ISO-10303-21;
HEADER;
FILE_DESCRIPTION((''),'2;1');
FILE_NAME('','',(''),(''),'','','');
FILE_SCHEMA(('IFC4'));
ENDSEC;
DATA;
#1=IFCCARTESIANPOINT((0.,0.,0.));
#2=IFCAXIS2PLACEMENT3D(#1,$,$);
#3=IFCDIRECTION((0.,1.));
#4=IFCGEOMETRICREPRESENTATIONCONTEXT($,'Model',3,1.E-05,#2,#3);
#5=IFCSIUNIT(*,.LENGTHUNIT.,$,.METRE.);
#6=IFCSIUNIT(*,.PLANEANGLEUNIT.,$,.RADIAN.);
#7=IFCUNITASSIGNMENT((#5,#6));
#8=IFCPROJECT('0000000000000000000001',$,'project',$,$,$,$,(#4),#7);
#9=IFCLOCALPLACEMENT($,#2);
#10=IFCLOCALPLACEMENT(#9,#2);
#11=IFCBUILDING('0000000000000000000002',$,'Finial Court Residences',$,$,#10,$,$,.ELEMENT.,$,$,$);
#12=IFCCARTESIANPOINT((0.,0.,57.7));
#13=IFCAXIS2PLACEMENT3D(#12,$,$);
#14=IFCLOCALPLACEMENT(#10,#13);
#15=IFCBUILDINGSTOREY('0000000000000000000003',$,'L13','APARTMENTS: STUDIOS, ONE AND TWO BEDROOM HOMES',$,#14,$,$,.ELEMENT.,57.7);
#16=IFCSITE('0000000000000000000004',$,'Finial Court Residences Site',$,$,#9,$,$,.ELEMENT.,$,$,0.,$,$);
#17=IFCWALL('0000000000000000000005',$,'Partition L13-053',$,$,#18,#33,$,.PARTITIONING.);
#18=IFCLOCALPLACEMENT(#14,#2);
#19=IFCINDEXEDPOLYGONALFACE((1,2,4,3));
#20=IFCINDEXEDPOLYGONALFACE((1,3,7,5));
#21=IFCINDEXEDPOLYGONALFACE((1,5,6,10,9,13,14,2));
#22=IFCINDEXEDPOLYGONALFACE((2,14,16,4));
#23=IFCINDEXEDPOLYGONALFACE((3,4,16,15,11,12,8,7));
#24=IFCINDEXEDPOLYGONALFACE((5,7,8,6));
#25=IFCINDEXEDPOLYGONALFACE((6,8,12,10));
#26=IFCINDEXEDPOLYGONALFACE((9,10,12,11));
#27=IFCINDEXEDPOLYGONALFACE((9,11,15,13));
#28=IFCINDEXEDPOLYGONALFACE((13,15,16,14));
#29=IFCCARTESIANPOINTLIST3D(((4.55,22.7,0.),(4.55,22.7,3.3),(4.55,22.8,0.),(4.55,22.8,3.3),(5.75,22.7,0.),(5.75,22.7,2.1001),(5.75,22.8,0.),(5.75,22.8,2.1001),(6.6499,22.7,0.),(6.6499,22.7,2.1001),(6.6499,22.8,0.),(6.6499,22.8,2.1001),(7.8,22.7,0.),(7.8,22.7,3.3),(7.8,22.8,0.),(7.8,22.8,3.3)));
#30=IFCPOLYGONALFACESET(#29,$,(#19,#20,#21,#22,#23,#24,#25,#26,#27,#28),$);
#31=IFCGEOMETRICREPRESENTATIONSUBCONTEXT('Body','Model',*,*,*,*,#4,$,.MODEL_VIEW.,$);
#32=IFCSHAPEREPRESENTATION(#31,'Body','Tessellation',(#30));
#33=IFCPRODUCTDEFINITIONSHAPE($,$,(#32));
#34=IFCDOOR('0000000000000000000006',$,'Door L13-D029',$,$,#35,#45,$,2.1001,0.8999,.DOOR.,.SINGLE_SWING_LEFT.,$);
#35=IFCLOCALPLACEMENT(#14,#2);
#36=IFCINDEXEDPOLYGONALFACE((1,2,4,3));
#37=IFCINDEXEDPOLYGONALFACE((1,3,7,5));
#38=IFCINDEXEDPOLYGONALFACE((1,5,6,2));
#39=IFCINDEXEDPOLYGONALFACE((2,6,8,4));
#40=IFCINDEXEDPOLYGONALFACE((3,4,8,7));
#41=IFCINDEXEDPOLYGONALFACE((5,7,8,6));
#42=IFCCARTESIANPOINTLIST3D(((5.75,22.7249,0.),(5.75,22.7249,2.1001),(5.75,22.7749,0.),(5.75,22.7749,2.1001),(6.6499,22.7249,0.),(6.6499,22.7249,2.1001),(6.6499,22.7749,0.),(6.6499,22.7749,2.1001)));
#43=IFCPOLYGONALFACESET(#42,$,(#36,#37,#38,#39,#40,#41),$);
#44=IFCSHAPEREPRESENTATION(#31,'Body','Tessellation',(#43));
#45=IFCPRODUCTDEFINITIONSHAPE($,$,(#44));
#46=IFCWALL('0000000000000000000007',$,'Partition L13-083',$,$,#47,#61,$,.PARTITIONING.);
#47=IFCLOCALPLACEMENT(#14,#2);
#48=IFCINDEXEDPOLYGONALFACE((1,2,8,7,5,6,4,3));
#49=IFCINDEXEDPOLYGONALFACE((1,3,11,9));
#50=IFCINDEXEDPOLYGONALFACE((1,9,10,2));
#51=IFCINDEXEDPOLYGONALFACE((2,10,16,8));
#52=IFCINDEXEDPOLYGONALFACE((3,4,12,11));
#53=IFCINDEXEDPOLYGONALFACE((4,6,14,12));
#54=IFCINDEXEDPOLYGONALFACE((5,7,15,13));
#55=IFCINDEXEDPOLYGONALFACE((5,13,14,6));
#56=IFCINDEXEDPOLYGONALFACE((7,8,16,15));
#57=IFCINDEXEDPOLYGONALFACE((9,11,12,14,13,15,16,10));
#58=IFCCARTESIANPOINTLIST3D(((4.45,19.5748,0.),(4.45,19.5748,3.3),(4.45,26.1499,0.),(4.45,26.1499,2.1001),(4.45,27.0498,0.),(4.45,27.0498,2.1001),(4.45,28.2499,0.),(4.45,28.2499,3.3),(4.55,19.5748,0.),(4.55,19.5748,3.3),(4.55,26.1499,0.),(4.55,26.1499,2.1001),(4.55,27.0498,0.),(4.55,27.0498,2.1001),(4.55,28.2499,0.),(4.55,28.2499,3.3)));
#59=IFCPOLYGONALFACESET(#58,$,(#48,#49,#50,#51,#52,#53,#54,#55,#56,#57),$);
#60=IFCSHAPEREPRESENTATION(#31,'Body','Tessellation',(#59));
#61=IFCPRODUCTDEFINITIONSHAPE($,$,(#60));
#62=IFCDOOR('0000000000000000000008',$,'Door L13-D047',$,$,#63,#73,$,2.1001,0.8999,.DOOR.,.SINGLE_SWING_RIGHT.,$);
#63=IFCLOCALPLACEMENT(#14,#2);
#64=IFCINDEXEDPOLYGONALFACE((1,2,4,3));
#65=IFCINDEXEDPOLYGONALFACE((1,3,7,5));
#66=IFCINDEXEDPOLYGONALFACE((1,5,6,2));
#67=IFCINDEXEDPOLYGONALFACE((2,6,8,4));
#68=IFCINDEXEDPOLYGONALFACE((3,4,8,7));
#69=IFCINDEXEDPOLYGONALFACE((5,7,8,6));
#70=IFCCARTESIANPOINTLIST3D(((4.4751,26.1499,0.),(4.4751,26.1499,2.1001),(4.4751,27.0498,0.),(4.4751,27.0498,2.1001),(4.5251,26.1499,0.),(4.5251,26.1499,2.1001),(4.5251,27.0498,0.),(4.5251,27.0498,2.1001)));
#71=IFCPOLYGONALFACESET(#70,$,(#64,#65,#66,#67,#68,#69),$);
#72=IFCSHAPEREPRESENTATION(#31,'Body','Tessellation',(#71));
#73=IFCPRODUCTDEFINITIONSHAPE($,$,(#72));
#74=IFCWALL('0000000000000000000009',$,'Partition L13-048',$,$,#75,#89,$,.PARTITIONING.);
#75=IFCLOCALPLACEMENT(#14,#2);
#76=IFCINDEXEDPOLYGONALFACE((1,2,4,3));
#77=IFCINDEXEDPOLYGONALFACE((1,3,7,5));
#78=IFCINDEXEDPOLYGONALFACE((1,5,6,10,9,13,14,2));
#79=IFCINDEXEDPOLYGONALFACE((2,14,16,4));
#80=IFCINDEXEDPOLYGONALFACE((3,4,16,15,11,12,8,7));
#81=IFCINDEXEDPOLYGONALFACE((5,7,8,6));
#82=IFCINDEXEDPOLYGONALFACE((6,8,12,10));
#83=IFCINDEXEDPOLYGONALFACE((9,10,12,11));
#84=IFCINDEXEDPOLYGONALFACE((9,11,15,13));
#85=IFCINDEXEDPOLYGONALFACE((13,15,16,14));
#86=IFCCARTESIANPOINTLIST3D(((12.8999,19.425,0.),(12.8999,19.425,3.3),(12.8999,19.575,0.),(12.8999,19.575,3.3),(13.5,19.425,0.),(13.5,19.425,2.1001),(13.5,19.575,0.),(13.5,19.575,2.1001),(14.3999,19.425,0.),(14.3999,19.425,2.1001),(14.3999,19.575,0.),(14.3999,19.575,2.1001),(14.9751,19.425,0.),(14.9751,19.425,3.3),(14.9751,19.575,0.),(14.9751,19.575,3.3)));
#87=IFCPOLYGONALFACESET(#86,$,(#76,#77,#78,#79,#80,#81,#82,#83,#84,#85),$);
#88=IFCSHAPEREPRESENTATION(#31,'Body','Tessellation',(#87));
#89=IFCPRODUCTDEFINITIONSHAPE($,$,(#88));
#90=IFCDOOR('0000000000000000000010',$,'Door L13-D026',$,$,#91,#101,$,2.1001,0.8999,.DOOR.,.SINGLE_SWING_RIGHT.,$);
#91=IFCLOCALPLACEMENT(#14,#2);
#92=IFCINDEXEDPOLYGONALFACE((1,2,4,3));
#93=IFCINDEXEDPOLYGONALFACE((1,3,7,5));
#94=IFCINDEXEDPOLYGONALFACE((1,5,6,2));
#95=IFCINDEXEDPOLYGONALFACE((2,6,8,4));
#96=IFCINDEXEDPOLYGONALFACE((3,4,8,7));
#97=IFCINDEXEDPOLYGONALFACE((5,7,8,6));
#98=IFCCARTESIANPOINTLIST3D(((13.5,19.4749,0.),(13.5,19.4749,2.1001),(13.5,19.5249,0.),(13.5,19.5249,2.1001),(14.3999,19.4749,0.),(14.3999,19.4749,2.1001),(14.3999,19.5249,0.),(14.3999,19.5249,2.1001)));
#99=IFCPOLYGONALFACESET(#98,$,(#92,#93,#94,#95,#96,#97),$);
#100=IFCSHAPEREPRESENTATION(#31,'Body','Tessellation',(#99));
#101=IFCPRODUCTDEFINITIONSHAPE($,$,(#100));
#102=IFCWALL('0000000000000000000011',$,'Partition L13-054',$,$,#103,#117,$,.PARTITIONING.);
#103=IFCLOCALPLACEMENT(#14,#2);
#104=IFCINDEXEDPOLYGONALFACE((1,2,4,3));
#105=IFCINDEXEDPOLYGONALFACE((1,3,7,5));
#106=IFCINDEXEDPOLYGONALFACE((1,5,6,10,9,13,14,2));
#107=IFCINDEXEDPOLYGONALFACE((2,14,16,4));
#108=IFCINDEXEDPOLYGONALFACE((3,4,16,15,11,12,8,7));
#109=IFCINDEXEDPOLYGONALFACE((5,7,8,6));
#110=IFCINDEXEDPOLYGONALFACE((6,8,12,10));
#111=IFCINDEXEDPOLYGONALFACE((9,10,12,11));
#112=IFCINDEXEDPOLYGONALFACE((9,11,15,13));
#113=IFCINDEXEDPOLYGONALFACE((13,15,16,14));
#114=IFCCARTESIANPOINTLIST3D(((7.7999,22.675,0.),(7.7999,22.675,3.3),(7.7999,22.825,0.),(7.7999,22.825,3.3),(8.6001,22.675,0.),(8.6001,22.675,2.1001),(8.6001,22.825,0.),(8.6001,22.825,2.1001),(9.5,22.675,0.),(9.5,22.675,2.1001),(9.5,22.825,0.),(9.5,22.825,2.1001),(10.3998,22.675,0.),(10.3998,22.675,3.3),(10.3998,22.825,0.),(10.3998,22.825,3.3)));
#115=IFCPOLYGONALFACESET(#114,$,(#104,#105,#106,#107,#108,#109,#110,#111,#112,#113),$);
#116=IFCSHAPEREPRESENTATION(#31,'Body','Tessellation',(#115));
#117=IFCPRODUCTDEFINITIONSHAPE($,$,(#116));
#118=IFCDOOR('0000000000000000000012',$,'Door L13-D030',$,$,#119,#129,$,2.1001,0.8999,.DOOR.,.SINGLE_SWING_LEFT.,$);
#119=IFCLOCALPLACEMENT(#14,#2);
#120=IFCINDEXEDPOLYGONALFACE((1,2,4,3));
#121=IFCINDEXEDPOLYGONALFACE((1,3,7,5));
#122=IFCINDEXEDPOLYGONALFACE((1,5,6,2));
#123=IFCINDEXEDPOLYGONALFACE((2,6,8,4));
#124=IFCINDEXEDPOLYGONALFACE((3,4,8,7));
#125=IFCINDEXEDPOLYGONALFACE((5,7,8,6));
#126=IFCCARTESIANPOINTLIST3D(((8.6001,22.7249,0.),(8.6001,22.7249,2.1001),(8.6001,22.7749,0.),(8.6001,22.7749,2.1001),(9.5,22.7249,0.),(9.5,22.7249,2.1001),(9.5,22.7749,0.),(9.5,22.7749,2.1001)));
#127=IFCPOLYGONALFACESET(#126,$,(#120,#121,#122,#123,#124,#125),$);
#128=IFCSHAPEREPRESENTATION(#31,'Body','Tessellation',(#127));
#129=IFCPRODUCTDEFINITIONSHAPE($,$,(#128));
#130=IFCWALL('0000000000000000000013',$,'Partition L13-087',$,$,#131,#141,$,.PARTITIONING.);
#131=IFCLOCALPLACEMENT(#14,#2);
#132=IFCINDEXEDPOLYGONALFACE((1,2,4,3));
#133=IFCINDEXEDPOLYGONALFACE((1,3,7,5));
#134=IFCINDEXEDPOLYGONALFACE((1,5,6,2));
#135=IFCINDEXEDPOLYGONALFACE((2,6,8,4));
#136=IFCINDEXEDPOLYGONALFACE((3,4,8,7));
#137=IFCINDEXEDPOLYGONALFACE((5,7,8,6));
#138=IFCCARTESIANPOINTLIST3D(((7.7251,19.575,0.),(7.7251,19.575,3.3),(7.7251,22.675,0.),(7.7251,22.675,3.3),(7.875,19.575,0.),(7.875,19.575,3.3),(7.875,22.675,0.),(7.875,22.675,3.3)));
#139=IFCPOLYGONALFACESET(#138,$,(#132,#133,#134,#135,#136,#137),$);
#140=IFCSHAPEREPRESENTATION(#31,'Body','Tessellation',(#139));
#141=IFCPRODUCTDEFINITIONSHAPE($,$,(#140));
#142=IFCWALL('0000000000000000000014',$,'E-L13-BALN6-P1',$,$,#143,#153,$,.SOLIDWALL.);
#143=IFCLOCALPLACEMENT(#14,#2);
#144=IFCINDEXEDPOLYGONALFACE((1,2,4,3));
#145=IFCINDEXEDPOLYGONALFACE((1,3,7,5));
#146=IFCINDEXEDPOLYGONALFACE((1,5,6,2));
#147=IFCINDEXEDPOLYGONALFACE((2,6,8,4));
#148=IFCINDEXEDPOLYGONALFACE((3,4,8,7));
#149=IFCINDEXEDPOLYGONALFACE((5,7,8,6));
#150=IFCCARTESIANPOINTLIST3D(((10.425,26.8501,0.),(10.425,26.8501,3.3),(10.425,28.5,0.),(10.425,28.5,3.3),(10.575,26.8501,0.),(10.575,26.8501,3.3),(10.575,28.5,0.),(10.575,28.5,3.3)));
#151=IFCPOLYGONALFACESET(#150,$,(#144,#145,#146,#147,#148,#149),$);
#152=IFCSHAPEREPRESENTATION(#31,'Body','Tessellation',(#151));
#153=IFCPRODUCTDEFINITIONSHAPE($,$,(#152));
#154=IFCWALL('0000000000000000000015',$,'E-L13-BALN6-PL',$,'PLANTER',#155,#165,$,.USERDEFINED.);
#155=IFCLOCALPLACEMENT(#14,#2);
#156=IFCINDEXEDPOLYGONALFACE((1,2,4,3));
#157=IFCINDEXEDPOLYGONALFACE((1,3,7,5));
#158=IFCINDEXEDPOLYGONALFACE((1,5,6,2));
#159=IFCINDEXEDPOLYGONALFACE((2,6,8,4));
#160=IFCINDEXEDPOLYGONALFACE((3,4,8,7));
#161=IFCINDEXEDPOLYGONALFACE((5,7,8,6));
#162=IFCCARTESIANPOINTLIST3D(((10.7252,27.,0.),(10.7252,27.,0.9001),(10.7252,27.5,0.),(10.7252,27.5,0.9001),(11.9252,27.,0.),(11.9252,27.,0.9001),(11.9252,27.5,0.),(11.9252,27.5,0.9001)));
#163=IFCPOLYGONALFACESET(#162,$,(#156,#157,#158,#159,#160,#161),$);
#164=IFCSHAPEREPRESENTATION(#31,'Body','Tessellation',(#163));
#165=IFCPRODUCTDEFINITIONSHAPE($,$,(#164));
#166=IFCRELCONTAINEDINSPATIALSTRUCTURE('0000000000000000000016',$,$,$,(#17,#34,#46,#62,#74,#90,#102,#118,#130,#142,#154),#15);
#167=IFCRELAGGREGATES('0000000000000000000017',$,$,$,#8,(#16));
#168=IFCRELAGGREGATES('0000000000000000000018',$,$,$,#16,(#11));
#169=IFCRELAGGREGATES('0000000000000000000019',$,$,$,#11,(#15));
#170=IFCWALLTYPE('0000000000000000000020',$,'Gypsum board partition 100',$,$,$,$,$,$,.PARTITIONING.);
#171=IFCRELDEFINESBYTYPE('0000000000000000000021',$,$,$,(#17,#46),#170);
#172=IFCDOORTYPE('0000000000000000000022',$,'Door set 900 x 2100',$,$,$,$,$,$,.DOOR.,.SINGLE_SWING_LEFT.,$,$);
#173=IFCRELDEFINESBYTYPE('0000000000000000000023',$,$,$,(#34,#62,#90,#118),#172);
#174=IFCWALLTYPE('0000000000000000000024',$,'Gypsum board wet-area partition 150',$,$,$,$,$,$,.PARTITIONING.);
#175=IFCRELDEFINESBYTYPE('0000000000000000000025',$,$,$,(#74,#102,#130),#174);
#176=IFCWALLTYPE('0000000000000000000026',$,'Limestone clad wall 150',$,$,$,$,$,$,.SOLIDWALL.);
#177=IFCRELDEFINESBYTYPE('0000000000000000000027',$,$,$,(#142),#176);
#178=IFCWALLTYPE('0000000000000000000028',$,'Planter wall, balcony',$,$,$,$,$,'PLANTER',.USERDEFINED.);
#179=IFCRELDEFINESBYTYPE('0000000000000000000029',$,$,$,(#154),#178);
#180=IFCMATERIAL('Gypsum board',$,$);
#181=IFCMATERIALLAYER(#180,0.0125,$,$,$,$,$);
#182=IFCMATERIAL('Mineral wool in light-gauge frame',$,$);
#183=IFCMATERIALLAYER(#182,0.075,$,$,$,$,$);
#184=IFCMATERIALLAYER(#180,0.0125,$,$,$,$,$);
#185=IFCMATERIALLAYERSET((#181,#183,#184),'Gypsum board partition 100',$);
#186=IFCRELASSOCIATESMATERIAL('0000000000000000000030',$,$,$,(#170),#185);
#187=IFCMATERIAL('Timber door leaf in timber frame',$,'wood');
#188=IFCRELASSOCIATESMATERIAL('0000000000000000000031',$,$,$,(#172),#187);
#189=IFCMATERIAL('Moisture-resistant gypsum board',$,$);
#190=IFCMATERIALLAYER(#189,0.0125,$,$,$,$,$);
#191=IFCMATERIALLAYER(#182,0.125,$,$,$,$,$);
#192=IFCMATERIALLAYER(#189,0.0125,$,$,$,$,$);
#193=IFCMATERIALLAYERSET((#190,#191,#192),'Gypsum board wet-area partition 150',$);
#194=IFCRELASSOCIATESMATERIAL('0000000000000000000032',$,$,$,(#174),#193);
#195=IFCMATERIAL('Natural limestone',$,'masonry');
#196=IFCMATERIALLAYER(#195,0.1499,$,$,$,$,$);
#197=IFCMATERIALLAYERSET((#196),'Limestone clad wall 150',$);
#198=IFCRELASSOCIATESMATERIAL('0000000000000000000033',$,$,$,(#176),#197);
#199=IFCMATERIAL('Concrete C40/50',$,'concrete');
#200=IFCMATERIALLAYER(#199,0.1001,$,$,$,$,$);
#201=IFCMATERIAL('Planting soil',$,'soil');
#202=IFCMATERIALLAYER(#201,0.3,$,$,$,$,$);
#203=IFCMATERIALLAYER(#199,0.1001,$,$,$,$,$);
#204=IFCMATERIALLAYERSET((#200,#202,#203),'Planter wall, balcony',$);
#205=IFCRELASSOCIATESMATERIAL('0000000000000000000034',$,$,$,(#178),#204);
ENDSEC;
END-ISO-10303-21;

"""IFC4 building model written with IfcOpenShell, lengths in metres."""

from ifc_helpers import new_model, si_unit, direction, frame, frame_2d, origin, place, context, subcontext, project, spatial, rectangle, extrude, material, layer, layer_set, type_object, element, fill, save


model = new_model("IFC4")

# Units and contexts
model_context = context("Model", 3, precision=1e-05, world=origin(), true_north=direction((0.0, 1.0)))
body_context = subcontext(model_context, "Body", "Model", "MODEL_VIEW")
ifc_project = project(units=[si_unit("LENGTHUNIT", "METRE"), si_unit("PLANEANGLEUNIT", "RADIAN")], contexts=[model_context])

# Site, building, storey
site_placement = place(None, origin())
site = spatial("IfcSite", under=ifc_project, at=site_placement, Name="Finial Court Residences Site", CompositionType="ELEMENT", RefElevation=0.0)
building_placement = place(site_placement, origin())
building = spatial("IfcBuilding", under=site, at=building_placement, Name="Finial Court Residences", CompositionType="ELEMENT")
storey_placement = place(building_placement, frame((0.0, 0.0, 57.7)))
storey = spatial("IfcBuildingStorey", under=building, at=storey_placement, Name="L13", Description="APARTMENTS: STUDIOS, ONE AND TWO BEDROOM HOMES", CompositionType="ELEMENT", Elevation=57.7)

# Shared definitions
ifc_material_1 = material(Name="Gypsum board")

# Walls, openings, doors
ifc_layer_1 = layer(ifc_material_1, 0.0125)
ifc_material_2 = material(Name="Mineral wool in light-gauge frame")
ifc_layer_2 = layer(ifc_material_2, 0.075)
ifc_layer_3 = layer(ifc_material_1, 0.0125)
ifc_layer_set_1 = layer_set([ifc_layer_1, ifc_layer_2, ifc_layer_3], Name="Gypsum board partition 100")
wall_type_1 = type_object("IfcWallType", Name="Gypsum board partition 100", PredefinedType="PARTITIONING", material=ifc_layer_set_1)
wall_1_placement = place(storey_placement, frame((4.55, 22.75, 0.0), z_axis=(0.0, 0.0, 1.0), x_axis=(1.0, 0.0, 0.0)))
wall_1 = element("IfcWall", 1, at=wall_1_placement, inside=storey, type_object=wall_type_1, Name="Partition L13-053", PredefinedType="PARTITIONING", context=body_context, shape_type="SweptSolid", body=[
    extrude(rectangle(XDim=3.25, YDim=0.1001, at=frame_2d((1.625, 0.0))), origin(), (0.0, 0.0, 1.0), 3.3),
])
opening_1_placement = place(wall_1_placement, frame((1.2, 0.0, 0.0)))
opening_1 = element("IfcOpeningElement", 2, at=opening_1_placement, cuts=wall_1, PredefinedType="OPENING", context=body_context, shape_type="SweptSolid", body=[
    extrude(rectangle(XDim=0.8999, YDim=2.1001, at=frame_2d((0.45, 1.05))), frame((0.0, 0.0601, 0.0), z_axis=(0.0, -1.0, 0.0), x_axis=(1.0, 0.0, 0.0)), (0.0, 0.0, 1.0), 0.1201),
])
ifc_material_3 = material(Name="Timber door leaf in timber frame", Category="wood")
door_type_1 = type_object("IfcDoorType", Name="Door set 900 x 2100", OperationType="SINGLE_SWING_LEFT", PredefinedType="DOOR", material=ifc_material_3)
door_1_placement = place(opening_1_placement, origin())
door_1 = element("IfcDoor", 3, at=door_1_placement, inside=storey, type_object=door_type_1, Name="Door L13-D029", OperationType="SINGLE_SWING_LEFT", OverallHeight=2.1001, OverallWidth=0.8999, PredefinedType="DOOR", context=body_context, shape_type="SweptSolid", body=[
    extrude(rectangle(XDim=0.8999, YDim=2.1001, at=frame_2d((0.45, 1.05))), frame((0.0, 0.0249, 0.0), z_axis=(0.0, -1.0, 0.0), x_axis=(1.0, 0.0, 0.0)), (0.0, 0.0, 1.0), 0.05),
])
fill(opening_1, door_1)
wall_2_placement = place(storey_placement, frame((4.5, 19.575, 0.0), z_axis=(0.0, 0.0, 1.0), x_axis=(0.0, 1.0, 0.0)))
wall_2 = element("IfcWall", 4, at=wall_2_placement, inside=storey, type_object=wall_type_1, Name="Partition L13-083", PredefinedType="PARTITIONING", context=body_context, shape_type="SweptSolid", body=[
    extrude(rectangle(XDim=8.675, YDim=0.1001, at=frame_2d((4.3374, 0.0))), origin(), (0.0, 0.0, 1.0), 3.3),
])
opening_2_placement = place(wall_2_placement, frame((6.575, 0.0, 0.0)))
opening_2 = element("IfcOpeningElement", 5, at=opening_2_placement, cuts=wall_2, PredefinedType="OPENING", context=body_context, shape_type="SweptSolid", body=[
    extrude(rectangle(XDim=0.8999, YDim=2.1001, at=frame_2d((0.45, 1.05))), frame((0.0, 0.0601, 0.0), z_axis=(0.0, -1.0, 0.0), x_axis=(1.0, 0.0, 0.0)), (0.0, 0.0, 1.0), 0.1201),
])
door_2_placement = place(opening_2_placement, origin())
door_2 = element("IfcDoor", 6, at=door_2_placement, inside=storey, type_object=door_type_1, Name="Door L13-D047", OperationType="SINGLE_SWING_RIGHT", OverallHeight=2.1001, OverallWidth=0.8999, PredefinedType="DOOR", context=body_context, shape_type="SweptSolid", body=[
    extrude(rectangle(XDim=0.8999, YDim=2.1001, at=frame_2d((0.45, 1.05))), frame((0.0, 0.0249, 0.0), z_axis=(0.0, -1.0, 0.0), x_axis=(1.0, 0.0, 0.0)), (0.0, 0.0, 1.0), 0.05),
])
fill(opening_2, door_2)
ifc_material_4 = material(Name="Moisture-resistant gypsum board")
ifc_layer_4 = layer(ifc_material_4, 0.0125)
ifc_layer_5 = layer(ifc_material_2, 0.125)
ifc_layer_6 = layer(ifc_material_4, 0.0125)
ifc_layer_set_2 = layer_set([ifc_layer_4, ifc_layer_5, ifc_layer_6], Name="Gypsum board wet-area partition 150")
wall_type_2 = type_object("IfcWallType", Name="Gypsum board wet-area partition 150", PredefinedType="PARTITIONING", material=ifc_layer_set_2)
wall_3_placement = place(storey_placement, frame((12.8999, 19.5, 0.0), z_axis=(0.0, 0.0, 1.0), x_axis=(1.0, 0.0, 0.0)))
wall_3 = element("IfcWall", 7, at=wall_3_placement, inside=storey, type_object=wall_type_2, Name="Partition L13-048", PredefinedType="PARTITIONING", context=body_context, shape_type="SweptSolid", body=[
    extrude(rectangle(XDim=2.0752, YDim=0.1499, at=frame_2d((1.0376, 0.0))), origin(), (0.0, 0.0, 1.0), 3.3),
])
opening_3_placement = place(wall_3_placement, frame((0.6001, 0.0, 0.0)))
opening_3 = element("IfcOpeningElement", 8, at=opening_3_placement, cuts=wall_3, PredefinedType="OPENING", context=body_context, shape_type="SweptSolid", body=[
    extrude(rectangle(XDim=0.8999, YDim=2.1001, at=frame_2d((0.45, 1.05))), frame((0.0, 0.085, 0.0), z_axis=(0.0, -1.0, 0.0), x_axis=(1.0, 0.0, 0.0)), (0.0, 0.0, 1.0), 0.1699),
])
door_3_placement = place(opening_3_placement, origin())
door_3 = element("IfcDoor", 9, at=door_3_placement, inside=storey, type_object=door_type_1, Name="Door L13-D026", OperationType="SINGLE_SWING_RIGHT", OverallHeight=2.1001, OverallWidth=0.8999, PredefinedType="DOOR", context=body_context, shape_type="SweptSolid", body=[
    extrude(rectangle(XDim=0.8999, YDim=2.1001, at=frame_2d((0.45, 1.05))), frame((0.0, 0.0249, 0.0), z_axis=(0.0, -1.0, 0.0), x_axis=(1.0, 0.0, 0.0)), (0.0, 0.0, 1.0), 0.05),
])
fill(opening_3, door_3)
wall_4_placement = place(storey_placement, frame((7.8, 22.75, 0.0), z_axis=(0.0, 0.0, 1.0), x_axis=(1.0, 0.0, 0.0)))
wall_4 = element("IfcWall", 10, at=wall_4_placement, inside=storey, type_object=wall_type_2, Name="Partition L13-054", PredefinedType="PARTITIONING", context=body_context, shape_type="SweptSolid", body=[
    extrude(rectangle(XDim=2.5999, YDim=0.1499, at=frame_2d((1.2998, 0.0))), origin(), (0.0, 0.0, 1.0), 3.3),
])
opening_4_placement = place(wall_4_placement, frame((0.8, 0.0, 0.0)))
opening_4 = element("IfcOpeningElement", 11, at=opening_4_placement, cuts=wall_4, PredefinedType="OPENING", context=body_context, shape_type="SweptSolid", body=[
    extrude(rectangle(XDim=0.8999, YDim=2.1001, at=frame_2d((0.45, 1.05))), frame((0.0, 0.085, 0.0), z_axis=(0.0, -1.0, 0.0), x_axis=(1.0, 0.0, 0.0)), (0.0, 0.0, 1.0), 0.1699),
])
door_4_placement = place(opening_4_placement, origin())
door_4 = element("IfcDoor", 12, at=door_4_placement, inside=storey, type_object=door_type_1, Name="Door L13-D030", OperationType="SINGLE_SWING_LEFT", OverallHeight=2.1001, OverallWidth=0.8999, PredefinedType="DOOR", context=body_context, shape_type="SweptSolid", body=[
    extrude(rectangle(XDim=0.8999, YDim=2.1001, at=frame_2d((0.45, 1.05))), frame((0.0, 0.0249, 0.0), z_axis=(0.0, -1.0, 0.0), x_axis=(1.0, 0.0, 0.0)), (0.0, 0.0, 1.0), 0.05),
])
fill(opening_4, door_4)

# Walls
wall_5_placement = place(storey_placement, frame((7.8, 19.575, 0.0), z_axis=(0.0, 0.0, 1.0), x_axis=(0.0, 1.0, 0.0)))
element("IfcWall", 13, at=wall_5_placement, inside=storey, type_object=wall_type_2, Name="Partition L13-087", PredefinedType="PARTITIONING", context=body_context, shape_type="SweptSolid", body=[
    extrude(rectangle(XDim=3.1001, YDim=0.1499, at=frame_2d((1.55, 0.0))), origin(), (0.0, 0.0, 1.0), 3.3),
])
ifc_material_5 = material(Name="Natural limestone", Category="masonry")
ifc_layer_7 = layer(ifc_material_5, 0.1499)
ifc_layer_set_3 = layer_set([ifc_layer_7], Name="Limestone clad wall 150")
wall_type_3 = type_object("IfcWallType", Name="Limestone clad wall 150", PredefinedType="SOLIDWALL", material=ifc_layer_set_3)
wall_6_placement = place(storey_placement, frame((10.5, 26.8501, 0.0), z_axis=(0.0, 0.0, 1.0), x_axis=(0.0, 1.0, 0.0)))
element("IfcWall", 14, at=wall_6_placement, inside=storey, type_object=wall_type_3, Name="E-L13-BALN6-P1", PredefinedType="SOLIDWALL", context=body_context, shape_type="SweptSolid", body=[
    extrude(rectangle(XDim=1.6499, YDim=0.1499, at=frame_2d((0.825, 0.0))), origin(), (0.0, 0.0, 1.0), 3.3),
])

# Wall
ifc_material_6 = material(Name="Concrete C40/50", Category="concrete")
ifc_layer_8 = layer(ifc_material_6, 0.1001)
ifc_material_7 = material(Name="Planting soil", Category="soil")
ifc_layer_9 = layer(ifc_material_7, 0.3)
ifc_layer_10 = layer(ifc_material_6, 0.1001)
ifc_layer_set_4 = layer_set([ifc_layer_8, ifc_layer_9, ifc_layer_10], Name="Planter wall, balcony")
wall_type_4 = type_object("IfcWallType", Name="Planter wall, balcony", ElementType="PLANTER", PredefinedType="USERDEFINED", material=ifc_layer_set_4)
wall_7_placement = place(storey_placement, frame((10.7251, 27.25, 0.0), z_axis=(0.0, 0.0, 1.0), x_axis=(1.0, 0.0, 0.0)))
element("IfcWall", 15, at=wall_7_placement, inside=storey, type_object=wall_type_4, Name="E-L13-BALN6-PL", ObjectType="PLANTER", PredefinedType="USERDEFINED", context=body_context, shape_type="SweptSolid", body=[
    extrude(rectangle(XDim=1.2, YDim=0.5, at=frame_2d((0.6001, 0.0))), origin(), (0.0, 0.0, 1.0), 0.9001),
])

save(model, "model.ifc")
